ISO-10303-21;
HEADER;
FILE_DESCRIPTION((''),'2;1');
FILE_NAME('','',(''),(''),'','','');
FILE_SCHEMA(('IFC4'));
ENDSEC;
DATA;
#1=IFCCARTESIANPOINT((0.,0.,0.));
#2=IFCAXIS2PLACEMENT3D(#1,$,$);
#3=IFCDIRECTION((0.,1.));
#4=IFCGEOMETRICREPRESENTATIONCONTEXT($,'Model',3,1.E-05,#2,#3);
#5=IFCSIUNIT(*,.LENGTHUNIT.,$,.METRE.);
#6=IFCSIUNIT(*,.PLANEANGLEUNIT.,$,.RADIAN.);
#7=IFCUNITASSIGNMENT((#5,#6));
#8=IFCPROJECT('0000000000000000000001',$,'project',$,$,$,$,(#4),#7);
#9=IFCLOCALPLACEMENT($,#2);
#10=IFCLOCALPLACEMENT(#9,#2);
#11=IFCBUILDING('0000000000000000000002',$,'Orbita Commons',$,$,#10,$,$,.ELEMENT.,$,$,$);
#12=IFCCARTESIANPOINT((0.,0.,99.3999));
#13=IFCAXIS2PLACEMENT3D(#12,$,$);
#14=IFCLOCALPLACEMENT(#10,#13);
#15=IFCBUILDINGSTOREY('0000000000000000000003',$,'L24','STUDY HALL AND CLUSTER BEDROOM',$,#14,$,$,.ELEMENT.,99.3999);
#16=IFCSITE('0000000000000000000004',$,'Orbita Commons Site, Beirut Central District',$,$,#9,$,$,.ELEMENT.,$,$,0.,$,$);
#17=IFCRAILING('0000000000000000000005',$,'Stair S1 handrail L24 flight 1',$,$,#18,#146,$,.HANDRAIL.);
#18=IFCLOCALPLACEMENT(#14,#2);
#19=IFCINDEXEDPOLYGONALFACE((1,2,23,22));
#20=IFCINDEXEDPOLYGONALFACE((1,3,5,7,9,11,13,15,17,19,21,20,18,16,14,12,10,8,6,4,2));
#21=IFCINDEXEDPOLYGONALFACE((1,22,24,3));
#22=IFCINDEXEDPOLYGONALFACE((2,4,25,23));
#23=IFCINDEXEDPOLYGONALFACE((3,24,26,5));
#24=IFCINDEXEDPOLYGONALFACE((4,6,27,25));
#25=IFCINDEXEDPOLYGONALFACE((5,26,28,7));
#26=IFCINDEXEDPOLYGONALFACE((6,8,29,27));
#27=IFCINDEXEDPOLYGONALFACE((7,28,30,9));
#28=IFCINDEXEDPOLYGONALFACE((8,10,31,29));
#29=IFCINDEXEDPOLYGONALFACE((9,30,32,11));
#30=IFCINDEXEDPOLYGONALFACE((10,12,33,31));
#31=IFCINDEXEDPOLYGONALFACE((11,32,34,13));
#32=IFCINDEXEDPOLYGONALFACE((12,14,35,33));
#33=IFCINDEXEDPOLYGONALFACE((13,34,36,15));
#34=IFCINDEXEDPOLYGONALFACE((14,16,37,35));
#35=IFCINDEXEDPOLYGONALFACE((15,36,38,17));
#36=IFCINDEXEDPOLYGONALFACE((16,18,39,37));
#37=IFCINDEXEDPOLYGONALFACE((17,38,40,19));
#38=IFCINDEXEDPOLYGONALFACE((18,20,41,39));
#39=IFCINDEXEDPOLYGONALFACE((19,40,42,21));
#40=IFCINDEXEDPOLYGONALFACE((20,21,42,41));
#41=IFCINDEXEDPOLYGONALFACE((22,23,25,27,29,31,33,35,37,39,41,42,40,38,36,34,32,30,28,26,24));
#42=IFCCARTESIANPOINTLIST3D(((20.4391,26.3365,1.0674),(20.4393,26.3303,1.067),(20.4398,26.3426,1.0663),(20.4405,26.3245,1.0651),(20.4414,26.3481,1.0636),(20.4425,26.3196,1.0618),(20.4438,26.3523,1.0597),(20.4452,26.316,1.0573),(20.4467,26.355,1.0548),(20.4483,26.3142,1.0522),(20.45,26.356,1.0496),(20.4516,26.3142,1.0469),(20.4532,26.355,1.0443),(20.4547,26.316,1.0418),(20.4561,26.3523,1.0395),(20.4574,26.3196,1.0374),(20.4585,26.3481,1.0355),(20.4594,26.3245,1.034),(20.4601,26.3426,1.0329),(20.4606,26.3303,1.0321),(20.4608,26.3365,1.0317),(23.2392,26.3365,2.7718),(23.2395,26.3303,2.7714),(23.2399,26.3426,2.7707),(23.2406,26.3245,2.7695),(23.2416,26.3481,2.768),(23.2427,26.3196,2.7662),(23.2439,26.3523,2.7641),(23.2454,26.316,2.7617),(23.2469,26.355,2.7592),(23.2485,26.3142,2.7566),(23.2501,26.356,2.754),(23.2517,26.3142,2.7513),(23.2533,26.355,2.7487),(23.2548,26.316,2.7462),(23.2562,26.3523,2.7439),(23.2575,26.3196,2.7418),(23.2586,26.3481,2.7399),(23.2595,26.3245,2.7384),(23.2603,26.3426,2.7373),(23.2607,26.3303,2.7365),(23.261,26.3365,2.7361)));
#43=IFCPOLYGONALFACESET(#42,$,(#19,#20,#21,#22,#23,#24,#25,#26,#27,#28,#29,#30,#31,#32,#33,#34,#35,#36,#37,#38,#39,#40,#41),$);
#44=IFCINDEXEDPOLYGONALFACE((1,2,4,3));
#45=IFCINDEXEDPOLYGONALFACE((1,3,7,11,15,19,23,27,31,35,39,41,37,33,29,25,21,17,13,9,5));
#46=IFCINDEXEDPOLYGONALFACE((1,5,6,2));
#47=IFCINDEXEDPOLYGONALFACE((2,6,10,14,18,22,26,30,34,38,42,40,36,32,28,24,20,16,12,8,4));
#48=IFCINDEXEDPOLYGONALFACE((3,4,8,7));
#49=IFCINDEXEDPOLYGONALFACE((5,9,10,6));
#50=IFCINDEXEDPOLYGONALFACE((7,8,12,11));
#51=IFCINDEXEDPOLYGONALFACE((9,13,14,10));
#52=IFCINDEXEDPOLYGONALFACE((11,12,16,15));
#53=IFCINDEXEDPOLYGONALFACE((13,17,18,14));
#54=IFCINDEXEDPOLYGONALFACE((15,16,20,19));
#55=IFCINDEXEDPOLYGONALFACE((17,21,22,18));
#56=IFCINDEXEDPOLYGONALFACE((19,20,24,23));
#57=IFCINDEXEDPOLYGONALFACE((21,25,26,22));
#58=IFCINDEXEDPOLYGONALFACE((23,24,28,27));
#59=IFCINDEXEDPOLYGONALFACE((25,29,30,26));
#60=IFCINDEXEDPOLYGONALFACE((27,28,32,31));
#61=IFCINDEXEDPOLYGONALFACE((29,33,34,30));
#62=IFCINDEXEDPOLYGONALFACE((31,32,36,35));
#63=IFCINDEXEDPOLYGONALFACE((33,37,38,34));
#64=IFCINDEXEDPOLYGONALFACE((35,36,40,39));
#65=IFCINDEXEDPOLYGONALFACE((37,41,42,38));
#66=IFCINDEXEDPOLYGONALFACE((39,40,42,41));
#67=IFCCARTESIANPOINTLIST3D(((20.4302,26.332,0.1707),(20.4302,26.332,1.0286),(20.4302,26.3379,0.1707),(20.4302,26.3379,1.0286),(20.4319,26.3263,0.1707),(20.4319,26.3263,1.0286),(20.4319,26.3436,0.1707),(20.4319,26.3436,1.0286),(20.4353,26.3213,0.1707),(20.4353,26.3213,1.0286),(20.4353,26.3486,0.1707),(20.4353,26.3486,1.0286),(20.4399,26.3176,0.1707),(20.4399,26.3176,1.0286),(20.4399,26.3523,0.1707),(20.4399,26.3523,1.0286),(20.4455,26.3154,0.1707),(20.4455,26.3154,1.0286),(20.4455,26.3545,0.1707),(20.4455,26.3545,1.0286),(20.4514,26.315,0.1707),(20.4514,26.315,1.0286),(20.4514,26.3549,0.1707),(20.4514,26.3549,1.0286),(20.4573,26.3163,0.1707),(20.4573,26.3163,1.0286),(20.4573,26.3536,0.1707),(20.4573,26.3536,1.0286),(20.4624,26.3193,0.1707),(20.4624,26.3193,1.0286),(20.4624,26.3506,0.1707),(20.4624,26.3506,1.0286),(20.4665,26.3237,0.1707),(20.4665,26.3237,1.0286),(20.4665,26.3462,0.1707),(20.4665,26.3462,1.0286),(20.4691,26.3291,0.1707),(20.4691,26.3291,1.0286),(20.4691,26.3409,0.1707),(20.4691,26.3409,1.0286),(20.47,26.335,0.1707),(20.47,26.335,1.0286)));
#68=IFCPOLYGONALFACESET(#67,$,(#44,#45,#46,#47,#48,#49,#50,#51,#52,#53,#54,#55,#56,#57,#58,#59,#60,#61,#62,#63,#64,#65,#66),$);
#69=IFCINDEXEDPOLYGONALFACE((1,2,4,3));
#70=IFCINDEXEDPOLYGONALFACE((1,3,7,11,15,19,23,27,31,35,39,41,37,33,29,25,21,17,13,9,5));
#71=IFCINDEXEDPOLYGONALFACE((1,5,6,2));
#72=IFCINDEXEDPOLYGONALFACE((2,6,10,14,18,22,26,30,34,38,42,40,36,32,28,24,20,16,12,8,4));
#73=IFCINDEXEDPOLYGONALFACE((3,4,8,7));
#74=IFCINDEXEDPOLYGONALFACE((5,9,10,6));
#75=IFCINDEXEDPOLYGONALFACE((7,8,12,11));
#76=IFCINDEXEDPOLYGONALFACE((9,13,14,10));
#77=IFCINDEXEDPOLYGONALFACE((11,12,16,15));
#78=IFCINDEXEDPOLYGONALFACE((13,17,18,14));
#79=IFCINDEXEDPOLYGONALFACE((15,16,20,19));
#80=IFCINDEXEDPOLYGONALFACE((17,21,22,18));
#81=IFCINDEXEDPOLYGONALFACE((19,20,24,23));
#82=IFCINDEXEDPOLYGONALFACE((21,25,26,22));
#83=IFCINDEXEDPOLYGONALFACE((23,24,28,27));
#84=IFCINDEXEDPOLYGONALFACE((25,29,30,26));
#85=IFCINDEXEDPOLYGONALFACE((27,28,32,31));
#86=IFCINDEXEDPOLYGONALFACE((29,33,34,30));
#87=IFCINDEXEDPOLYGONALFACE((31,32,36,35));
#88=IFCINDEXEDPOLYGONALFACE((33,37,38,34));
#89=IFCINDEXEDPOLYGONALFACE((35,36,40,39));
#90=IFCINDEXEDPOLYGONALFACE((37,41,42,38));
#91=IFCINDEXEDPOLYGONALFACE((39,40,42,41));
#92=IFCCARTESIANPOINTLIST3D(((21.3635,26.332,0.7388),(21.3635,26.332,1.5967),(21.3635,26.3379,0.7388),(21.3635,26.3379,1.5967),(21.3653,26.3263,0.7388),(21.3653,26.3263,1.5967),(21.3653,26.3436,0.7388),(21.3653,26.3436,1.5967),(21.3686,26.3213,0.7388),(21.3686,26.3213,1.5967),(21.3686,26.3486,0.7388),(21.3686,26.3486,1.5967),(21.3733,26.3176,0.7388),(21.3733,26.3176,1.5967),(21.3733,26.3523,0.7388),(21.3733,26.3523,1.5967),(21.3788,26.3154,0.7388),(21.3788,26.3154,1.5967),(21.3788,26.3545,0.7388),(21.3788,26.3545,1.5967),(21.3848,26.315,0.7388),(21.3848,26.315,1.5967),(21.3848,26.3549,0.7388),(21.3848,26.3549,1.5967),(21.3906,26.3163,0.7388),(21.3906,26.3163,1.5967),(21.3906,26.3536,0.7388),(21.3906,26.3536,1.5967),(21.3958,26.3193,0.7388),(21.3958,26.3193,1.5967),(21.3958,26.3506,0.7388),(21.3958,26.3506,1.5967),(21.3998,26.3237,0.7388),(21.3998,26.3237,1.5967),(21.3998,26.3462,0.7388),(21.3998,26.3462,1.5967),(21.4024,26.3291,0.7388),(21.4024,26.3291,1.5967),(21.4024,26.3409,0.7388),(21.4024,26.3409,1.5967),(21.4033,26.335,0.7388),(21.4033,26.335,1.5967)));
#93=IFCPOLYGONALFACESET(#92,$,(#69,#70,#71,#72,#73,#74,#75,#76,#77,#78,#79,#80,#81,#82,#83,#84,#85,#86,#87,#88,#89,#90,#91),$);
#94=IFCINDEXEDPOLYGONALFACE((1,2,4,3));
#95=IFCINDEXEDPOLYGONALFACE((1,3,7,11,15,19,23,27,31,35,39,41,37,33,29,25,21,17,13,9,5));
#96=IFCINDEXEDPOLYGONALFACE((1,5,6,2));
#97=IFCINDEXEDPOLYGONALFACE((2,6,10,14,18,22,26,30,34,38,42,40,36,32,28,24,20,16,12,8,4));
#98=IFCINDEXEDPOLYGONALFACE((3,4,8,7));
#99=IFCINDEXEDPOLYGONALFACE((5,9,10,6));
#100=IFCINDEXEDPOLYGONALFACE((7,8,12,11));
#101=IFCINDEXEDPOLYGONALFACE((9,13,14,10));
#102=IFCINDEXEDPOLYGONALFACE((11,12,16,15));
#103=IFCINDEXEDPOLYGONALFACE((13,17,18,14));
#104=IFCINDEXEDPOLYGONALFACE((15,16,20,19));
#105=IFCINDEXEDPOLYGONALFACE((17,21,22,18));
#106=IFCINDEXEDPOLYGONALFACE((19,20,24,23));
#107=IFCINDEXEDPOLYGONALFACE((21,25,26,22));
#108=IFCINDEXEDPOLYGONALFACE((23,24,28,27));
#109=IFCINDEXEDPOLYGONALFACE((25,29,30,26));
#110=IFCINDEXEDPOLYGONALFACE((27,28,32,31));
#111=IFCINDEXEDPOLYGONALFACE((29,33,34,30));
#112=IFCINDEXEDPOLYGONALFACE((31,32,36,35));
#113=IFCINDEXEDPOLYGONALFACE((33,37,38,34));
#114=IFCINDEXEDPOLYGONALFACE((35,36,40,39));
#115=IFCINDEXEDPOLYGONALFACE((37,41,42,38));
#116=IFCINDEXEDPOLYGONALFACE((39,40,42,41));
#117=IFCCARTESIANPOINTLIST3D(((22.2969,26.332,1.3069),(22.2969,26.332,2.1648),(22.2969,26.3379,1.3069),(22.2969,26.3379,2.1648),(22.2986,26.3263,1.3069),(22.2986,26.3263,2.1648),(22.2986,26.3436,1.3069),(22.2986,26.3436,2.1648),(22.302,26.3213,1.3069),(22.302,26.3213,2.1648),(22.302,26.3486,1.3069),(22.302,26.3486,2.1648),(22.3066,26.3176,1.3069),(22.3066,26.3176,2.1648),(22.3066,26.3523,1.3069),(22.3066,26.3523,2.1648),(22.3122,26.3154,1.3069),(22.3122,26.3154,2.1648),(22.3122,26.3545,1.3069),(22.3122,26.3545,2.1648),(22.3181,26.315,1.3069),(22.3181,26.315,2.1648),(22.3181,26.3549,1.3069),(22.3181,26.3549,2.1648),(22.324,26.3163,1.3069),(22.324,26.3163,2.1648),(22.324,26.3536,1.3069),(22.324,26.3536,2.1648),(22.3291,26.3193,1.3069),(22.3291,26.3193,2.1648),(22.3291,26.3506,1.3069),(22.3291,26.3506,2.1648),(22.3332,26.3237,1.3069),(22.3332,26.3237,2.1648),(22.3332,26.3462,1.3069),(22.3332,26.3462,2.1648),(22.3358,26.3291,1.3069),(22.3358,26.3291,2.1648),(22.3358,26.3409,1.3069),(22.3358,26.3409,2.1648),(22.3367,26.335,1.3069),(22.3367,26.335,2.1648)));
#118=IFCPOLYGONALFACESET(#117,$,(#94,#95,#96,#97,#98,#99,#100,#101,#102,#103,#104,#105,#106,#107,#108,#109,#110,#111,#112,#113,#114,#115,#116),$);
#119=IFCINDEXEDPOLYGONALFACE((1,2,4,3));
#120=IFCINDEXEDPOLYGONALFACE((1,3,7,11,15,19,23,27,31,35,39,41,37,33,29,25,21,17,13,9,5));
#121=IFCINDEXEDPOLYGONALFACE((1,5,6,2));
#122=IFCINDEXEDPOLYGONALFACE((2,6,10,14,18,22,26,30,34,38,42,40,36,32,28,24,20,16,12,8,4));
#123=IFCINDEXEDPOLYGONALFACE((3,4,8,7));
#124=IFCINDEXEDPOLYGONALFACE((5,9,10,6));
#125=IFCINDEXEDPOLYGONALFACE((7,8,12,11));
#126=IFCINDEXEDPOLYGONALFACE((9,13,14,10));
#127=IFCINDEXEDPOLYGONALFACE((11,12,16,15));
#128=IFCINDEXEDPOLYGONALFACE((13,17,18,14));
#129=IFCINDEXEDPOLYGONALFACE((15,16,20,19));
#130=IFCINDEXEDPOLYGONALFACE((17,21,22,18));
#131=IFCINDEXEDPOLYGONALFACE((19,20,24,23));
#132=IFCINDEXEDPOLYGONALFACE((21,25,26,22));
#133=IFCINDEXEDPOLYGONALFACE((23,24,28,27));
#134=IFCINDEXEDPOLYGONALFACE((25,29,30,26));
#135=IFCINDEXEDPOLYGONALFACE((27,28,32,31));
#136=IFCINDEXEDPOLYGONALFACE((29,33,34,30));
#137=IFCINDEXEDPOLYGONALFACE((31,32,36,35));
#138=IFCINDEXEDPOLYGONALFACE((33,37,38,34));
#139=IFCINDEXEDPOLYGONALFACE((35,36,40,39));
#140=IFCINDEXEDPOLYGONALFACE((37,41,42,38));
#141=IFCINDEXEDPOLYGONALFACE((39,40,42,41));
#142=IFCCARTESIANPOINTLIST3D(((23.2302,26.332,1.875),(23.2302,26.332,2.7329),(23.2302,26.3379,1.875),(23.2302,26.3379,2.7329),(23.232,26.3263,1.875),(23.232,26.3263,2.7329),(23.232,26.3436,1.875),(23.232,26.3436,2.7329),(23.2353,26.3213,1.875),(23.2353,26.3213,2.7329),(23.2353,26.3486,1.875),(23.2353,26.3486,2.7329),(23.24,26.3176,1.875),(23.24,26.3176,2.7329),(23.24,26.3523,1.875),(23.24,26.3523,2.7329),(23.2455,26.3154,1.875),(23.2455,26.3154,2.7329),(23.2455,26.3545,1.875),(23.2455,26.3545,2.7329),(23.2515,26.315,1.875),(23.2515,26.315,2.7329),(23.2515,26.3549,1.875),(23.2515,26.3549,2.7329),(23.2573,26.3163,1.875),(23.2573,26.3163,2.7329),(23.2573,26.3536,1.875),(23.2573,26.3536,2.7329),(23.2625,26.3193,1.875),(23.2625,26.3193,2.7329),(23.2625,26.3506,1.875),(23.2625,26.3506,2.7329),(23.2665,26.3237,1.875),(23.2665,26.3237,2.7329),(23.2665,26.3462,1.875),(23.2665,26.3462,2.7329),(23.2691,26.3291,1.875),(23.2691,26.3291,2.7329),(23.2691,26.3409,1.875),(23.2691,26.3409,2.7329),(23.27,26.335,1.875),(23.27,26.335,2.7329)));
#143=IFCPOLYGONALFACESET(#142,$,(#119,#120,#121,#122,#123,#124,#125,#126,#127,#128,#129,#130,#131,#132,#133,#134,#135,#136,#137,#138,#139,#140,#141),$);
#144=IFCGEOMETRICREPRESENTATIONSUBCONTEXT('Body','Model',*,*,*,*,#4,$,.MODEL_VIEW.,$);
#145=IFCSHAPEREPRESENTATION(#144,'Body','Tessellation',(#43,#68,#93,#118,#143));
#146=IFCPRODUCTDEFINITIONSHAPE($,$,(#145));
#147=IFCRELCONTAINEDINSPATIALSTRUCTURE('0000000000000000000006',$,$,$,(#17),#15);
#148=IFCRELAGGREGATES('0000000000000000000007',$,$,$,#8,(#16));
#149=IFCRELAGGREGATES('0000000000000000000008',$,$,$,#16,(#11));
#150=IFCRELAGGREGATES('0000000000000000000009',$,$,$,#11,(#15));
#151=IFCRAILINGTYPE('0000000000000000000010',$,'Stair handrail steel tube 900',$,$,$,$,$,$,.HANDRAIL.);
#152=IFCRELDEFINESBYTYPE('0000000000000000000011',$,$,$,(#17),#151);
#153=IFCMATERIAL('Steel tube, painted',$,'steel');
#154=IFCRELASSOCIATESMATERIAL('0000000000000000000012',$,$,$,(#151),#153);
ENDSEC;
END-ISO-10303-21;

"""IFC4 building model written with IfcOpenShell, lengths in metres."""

from ifc_helpers import new_model, si_unit, direction, frame, origin, origin_2d, place, context, subcontext, project, spatial, circle, extrude, material, type_object, element, save


model = new_model("IFC4")

# Units and contexts
model_context = context("Model", 3, precision=1e-05, world=origin(), true_north=direction((0.0, 1.0)))
body_context = subcontext(model_context, "Body", "Model", "MODEL_VIEW")
ifc_project = project(units=[si_unit("LENGTHUNIT", "METRE"), si_unit("PLANEANGLEUNIT", "RADIAN")], contexts=[model_context])

# Site, building, storey
site_placement = place(None, origin())
site = spatial("IfcSite", under=ifc_project, at=site_placement, Name="Orbita Commons Site, Beirut Central District", CompositionType="ELEMENT", RefElevation=0.0)
building_placement = place(site_placement, origin())
building = spatial("IfcBuilding", under=site, at=building_placement, Name="Orbita Commons", CompositionType="ELEMENT")
storey_placement = place(building_placement, frame((0.0, 0.0, 99.3999)))
storey = spatial("IfcBuildingStorey", under=building, at=storey_placement, Name="L24", Description="STUDY HALL AND CLUSTER BEDROOM", CompositionType="ELEMENT", Elevation=99.3999)

# Railing
ifc_material_1 = material(Name="Steel tube, painted", Category="steel")
railing_type = type_object("IfcRailingType", Name="Stair handrail steel tube 900", PredefinedType="HANDRAIL", material=ifc_material_1)
for number, where, name in (
    (1, (20.45, 26.335, 0.1707), "Stair S1 handrail L24 flight 1"),
):
    element("IfcRailing", number, at=place(storey_placement, frame(where)), inside=storey, type_object=railing_type, Name=name, PredefinedType="HANDRAIL", context=body_context, shape_type="SweptSolid", body=[
        extrude(circle(Radius=0.021, at=origin_2d()), frame((0.0, 0.0, 0.8789), z_axis=(0.854203, 0.0, 0.51994), x_axis=(0.0, 1.0, 0.0)), (0.0, 0.0, 1.0), 3.2781),
        extrude(circle(Radius=0.02, at=origin_2d()), origin(), (0.0, 0.0, 1.0), 0.8579),
        extrude(circle(Radius=0.02, at=origin_2d()), frame((0.9333, 0.0, 0.5681)), (0.0, 0.0, 1.0), 0.8579),
        extrude(circle(Radius=0.02, at=origin_2d()), frame((1.8667, 0.0, 1.1362)), (0.0, 0.0, 1.0), 0.8579),
        extrude(circle(Radius=0.02, at=origin_2d()), frame((2.8, 0.0, 1.7043)), (0.0, 0.0, 1.0), 0.8579),
    ])

save(model, "model.ifc")
